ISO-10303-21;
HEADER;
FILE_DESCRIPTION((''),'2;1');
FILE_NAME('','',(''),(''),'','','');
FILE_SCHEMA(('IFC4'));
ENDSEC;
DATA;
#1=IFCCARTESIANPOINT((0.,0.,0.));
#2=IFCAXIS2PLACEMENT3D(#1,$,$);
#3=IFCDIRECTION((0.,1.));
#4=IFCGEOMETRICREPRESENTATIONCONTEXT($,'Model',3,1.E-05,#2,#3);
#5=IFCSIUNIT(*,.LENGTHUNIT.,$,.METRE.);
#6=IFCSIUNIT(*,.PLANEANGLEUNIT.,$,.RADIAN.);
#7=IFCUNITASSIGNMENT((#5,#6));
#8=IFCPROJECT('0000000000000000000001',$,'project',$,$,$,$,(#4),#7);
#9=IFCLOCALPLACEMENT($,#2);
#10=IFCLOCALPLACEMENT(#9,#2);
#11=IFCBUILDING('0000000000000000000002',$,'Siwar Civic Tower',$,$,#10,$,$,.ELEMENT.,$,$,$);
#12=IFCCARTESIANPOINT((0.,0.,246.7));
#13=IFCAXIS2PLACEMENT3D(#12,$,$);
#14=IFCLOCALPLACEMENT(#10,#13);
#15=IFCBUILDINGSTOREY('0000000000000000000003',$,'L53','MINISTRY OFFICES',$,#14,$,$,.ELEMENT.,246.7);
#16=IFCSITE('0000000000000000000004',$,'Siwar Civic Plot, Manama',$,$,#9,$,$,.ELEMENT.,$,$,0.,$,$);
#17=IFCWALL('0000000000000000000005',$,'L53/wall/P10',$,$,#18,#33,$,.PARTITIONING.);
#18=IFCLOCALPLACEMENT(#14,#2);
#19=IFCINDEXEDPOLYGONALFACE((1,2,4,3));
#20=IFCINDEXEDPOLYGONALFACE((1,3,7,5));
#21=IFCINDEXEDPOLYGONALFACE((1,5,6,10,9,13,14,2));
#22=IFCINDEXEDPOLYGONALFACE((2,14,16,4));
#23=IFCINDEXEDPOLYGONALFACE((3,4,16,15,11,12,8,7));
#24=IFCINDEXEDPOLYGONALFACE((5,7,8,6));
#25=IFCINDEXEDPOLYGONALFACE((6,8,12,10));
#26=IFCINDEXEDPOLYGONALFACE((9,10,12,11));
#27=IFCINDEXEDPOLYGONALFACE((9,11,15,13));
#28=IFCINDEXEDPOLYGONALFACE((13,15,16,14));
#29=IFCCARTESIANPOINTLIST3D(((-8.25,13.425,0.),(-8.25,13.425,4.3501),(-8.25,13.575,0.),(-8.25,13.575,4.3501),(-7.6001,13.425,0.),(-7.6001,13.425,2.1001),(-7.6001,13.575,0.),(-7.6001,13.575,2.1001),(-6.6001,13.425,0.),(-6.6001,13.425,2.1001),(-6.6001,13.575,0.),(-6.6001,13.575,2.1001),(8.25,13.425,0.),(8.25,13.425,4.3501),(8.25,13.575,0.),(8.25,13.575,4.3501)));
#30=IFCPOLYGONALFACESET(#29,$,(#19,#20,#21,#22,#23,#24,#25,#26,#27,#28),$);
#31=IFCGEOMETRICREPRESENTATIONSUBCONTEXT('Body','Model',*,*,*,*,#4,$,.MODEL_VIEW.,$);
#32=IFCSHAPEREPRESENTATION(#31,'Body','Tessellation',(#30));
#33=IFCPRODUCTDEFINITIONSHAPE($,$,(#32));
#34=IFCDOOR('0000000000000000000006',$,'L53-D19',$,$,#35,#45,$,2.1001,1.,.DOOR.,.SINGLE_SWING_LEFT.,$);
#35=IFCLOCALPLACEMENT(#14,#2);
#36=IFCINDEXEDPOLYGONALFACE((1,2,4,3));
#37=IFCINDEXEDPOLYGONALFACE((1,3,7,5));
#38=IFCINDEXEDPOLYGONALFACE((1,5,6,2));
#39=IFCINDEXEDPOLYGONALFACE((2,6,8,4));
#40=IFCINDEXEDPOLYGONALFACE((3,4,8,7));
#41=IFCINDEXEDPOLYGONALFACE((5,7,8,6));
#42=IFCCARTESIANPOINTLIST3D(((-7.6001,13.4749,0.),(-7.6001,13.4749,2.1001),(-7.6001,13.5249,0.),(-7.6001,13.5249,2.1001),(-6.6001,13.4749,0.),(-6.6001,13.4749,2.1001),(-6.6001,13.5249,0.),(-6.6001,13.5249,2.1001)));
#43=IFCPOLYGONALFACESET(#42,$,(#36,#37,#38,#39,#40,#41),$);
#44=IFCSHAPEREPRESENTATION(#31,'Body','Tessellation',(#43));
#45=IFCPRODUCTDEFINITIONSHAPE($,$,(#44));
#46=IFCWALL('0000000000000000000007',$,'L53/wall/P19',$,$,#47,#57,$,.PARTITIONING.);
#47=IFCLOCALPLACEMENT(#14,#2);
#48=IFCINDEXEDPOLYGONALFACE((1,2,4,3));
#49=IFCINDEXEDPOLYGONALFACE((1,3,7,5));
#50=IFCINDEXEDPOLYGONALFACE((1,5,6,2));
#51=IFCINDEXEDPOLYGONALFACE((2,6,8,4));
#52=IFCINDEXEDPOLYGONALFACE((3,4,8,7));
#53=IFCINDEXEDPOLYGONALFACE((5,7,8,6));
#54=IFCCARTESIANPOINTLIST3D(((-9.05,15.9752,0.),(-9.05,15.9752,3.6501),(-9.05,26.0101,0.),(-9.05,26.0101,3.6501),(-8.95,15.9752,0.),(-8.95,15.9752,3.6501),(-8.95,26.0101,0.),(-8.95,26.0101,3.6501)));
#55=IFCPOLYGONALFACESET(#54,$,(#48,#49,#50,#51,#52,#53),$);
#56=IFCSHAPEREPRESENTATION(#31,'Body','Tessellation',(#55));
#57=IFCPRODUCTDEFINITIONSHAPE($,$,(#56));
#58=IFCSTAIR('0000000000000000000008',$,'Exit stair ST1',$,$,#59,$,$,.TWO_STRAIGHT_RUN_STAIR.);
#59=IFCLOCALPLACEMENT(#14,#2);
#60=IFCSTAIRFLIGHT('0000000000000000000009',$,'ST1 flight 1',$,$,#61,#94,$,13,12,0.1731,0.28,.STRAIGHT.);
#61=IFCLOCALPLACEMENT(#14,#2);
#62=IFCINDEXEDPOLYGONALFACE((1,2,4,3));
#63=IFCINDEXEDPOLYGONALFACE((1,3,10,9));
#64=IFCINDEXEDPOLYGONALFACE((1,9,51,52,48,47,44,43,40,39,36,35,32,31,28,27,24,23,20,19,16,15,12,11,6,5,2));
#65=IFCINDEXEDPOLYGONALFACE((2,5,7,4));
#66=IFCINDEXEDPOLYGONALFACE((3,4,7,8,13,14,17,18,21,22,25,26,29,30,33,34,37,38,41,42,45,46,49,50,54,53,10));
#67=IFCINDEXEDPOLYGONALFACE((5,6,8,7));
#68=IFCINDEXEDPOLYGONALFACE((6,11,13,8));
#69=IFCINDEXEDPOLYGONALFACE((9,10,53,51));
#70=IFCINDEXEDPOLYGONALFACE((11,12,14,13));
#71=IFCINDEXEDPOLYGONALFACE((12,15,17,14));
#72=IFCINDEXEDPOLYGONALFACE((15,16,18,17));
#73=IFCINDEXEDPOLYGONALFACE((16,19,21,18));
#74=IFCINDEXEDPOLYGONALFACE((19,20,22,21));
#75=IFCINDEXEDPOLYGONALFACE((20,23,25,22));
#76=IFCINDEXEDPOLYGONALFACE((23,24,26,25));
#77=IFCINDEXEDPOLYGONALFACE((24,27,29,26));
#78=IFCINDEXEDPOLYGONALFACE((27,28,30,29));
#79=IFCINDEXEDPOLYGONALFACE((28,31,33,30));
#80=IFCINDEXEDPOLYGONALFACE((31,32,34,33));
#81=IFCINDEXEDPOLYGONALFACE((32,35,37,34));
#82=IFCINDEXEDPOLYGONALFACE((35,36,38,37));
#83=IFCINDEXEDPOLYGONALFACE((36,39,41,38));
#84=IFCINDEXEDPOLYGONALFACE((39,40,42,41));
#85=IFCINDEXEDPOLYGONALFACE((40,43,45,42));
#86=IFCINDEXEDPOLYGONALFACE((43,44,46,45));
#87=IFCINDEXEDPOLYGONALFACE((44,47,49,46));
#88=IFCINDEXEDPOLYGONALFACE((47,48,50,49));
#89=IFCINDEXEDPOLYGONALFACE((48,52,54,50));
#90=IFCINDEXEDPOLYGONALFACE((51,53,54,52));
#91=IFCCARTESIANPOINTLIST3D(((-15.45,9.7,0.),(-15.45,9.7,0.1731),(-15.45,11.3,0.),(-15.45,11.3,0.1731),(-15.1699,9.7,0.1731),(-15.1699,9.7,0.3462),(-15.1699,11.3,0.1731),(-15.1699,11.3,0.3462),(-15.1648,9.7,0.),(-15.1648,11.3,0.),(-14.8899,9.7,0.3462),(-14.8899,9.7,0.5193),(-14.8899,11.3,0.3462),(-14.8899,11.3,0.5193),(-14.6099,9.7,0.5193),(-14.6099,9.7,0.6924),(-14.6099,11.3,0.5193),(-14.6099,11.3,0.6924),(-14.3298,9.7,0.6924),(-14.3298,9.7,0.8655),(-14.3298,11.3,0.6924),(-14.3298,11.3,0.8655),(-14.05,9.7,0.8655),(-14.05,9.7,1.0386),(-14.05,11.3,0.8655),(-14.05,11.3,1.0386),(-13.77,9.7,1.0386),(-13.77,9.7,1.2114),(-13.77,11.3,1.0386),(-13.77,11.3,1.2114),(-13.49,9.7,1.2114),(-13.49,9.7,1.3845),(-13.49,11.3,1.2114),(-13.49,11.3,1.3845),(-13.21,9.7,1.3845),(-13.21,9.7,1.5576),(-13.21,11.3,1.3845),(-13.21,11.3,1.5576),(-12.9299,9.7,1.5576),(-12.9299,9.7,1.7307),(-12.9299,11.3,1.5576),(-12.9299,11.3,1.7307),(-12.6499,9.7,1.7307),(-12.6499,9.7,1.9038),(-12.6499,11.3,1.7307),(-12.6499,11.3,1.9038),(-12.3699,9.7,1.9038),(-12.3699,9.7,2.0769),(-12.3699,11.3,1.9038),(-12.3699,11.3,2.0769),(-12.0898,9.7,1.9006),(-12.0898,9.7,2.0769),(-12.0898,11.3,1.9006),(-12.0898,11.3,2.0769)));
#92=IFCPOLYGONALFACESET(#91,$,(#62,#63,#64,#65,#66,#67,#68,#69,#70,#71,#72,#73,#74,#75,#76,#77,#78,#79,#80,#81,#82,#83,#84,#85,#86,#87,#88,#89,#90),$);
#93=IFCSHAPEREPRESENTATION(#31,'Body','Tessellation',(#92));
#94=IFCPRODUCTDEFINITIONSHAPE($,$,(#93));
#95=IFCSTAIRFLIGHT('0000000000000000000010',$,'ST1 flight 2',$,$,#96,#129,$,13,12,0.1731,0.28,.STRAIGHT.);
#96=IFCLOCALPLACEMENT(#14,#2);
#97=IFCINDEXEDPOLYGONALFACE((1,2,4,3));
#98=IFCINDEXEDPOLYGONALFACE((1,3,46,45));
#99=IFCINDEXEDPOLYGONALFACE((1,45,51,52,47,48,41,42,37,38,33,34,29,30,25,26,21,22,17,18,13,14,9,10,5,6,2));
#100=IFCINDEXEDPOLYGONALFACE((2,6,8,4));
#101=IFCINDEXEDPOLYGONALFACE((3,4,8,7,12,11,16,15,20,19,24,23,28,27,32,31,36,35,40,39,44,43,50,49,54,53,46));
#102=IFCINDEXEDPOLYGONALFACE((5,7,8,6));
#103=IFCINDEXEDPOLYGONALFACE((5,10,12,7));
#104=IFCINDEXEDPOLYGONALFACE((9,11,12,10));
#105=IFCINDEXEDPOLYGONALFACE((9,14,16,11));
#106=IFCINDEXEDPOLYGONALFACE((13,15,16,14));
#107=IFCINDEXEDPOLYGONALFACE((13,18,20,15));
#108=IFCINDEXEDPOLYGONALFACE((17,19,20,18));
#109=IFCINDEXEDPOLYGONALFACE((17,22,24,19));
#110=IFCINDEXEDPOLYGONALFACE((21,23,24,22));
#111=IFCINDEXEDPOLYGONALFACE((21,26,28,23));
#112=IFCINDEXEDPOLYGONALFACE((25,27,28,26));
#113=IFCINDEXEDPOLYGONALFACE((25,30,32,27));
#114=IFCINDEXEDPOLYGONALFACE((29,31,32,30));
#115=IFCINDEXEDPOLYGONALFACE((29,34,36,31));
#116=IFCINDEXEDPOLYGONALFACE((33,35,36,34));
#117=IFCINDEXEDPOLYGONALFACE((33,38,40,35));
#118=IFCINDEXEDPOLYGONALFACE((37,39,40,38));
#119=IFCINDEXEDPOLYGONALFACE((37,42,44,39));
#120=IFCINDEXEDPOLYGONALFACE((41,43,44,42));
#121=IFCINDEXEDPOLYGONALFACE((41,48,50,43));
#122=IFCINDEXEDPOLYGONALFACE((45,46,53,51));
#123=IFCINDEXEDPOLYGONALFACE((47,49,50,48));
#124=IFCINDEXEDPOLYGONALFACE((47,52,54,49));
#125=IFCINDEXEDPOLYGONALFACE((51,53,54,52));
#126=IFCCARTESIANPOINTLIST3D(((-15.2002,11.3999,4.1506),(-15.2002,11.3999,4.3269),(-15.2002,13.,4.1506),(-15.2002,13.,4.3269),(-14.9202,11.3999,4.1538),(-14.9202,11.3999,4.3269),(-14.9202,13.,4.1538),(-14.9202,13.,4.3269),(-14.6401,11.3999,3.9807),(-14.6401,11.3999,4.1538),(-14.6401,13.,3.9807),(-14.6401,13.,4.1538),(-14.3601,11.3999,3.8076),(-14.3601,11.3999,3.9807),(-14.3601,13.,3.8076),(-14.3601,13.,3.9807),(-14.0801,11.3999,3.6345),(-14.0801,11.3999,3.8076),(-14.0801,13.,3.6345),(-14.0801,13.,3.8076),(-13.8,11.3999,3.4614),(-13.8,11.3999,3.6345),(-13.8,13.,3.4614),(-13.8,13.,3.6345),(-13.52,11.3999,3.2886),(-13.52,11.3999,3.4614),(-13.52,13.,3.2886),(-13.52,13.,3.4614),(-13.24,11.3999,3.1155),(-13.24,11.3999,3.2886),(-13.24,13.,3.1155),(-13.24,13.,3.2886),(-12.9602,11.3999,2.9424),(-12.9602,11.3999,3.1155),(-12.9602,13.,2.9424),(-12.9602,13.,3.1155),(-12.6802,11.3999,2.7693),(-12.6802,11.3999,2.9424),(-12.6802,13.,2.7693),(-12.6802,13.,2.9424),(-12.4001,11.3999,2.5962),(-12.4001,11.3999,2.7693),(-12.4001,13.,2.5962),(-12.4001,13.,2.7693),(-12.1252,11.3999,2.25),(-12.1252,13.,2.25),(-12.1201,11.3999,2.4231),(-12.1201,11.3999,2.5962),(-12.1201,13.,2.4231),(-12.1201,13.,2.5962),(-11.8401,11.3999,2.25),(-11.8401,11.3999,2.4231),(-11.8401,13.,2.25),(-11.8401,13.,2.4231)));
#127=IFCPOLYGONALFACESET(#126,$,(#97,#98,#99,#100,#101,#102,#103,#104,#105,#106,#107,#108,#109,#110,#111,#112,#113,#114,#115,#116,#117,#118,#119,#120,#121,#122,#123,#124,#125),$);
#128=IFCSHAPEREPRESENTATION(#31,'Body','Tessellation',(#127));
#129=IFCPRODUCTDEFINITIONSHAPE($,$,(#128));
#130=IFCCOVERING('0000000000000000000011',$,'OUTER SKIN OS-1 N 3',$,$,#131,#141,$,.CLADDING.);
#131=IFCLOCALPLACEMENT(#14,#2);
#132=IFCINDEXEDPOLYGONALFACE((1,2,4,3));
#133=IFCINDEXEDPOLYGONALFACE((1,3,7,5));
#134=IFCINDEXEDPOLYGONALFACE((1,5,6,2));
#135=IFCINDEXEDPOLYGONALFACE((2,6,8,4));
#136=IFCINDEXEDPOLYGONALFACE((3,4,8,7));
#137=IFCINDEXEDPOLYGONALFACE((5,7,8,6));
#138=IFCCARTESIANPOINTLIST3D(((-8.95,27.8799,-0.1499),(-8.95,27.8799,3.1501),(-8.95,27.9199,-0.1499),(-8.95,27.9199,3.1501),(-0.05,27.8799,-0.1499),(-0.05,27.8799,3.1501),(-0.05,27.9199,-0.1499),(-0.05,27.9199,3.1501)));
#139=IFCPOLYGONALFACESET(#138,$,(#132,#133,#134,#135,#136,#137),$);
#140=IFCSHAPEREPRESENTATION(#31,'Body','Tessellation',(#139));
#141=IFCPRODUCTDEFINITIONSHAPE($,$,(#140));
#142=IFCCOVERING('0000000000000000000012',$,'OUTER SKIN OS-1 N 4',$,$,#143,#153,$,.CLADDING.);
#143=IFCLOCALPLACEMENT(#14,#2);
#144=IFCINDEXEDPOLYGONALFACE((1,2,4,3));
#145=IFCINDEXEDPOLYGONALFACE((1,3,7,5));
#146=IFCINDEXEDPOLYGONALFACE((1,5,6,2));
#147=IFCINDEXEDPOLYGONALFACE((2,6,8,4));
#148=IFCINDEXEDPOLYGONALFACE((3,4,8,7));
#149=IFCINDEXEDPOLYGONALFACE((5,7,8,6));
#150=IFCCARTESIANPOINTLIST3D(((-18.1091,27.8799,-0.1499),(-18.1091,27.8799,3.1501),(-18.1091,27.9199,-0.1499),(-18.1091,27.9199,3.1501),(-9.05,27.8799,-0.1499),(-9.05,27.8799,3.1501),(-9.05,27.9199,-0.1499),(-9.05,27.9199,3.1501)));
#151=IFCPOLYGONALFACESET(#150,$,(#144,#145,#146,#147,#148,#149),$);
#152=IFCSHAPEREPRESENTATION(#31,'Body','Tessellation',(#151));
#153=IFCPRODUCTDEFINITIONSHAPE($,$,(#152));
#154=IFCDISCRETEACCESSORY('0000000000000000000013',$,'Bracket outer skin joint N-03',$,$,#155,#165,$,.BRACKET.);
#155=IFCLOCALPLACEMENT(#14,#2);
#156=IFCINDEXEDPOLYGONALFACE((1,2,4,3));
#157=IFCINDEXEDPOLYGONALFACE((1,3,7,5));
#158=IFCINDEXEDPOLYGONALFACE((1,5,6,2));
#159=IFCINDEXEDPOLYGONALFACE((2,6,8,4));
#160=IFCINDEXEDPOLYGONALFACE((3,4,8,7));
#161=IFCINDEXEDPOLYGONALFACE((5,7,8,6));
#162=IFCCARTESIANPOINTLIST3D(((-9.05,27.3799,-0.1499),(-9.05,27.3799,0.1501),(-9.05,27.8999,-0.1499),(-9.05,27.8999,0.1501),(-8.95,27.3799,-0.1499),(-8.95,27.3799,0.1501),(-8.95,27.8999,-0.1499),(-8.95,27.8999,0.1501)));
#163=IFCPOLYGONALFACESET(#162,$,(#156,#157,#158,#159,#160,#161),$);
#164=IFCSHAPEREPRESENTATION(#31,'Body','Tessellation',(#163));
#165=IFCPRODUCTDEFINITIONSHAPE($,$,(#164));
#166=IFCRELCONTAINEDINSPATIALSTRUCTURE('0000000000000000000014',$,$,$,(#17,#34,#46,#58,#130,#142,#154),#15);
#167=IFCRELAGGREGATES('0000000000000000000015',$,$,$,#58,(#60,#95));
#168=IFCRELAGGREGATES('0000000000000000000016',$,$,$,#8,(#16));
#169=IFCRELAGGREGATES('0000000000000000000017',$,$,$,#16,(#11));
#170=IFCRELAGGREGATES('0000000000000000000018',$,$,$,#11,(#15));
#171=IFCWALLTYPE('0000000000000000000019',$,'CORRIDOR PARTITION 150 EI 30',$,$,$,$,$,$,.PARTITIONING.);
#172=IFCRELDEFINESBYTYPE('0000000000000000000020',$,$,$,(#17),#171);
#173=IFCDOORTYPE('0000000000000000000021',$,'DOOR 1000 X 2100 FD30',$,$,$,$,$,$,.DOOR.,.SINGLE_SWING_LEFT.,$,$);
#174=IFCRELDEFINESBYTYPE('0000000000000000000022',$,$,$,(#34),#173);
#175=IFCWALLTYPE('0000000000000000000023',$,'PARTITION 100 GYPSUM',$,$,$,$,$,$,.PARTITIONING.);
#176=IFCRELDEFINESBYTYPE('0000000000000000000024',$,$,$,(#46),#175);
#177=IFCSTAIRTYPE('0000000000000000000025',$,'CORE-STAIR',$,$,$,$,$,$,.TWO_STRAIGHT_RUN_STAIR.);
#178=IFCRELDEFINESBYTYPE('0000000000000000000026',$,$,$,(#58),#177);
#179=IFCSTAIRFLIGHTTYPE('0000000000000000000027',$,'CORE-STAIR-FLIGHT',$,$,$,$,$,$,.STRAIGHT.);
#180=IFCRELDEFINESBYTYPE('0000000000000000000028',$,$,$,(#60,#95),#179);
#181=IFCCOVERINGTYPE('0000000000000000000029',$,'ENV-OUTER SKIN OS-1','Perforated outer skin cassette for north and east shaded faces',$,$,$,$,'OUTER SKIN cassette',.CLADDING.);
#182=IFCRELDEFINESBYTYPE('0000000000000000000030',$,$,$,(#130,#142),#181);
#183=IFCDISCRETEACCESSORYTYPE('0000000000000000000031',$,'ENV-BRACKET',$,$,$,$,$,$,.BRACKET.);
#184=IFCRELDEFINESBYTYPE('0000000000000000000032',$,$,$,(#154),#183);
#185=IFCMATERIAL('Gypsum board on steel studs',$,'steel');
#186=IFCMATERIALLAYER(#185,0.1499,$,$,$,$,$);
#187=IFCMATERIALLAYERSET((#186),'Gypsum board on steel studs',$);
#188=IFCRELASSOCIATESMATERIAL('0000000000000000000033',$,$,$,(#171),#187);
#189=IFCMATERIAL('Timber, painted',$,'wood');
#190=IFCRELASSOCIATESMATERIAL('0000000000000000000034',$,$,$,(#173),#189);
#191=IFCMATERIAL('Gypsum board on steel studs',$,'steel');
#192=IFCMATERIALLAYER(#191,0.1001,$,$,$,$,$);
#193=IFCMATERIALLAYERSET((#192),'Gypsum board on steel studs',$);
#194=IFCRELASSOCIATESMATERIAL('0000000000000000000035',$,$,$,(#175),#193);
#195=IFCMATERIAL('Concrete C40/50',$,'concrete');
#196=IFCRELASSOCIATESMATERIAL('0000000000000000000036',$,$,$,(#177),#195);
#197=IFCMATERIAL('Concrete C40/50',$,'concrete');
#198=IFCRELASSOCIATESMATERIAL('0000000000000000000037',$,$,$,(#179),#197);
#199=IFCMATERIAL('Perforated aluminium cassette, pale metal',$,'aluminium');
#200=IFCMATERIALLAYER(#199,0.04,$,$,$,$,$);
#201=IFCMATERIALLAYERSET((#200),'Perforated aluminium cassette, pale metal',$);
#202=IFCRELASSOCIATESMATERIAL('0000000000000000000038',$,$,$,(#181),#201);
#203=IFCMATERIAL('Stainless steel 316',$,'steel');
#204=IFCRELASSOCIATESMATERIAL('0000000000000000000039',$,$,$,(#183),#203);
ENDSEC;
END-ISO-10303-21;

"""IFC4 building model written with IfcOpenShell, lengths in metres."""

from ifc_helpers import new_model, si_unit, direction, frame, frame_2d, origin, origin_2d, place, context, subcontext, project, spatial, polyline, rectangle, outline, extrude, material, layer, layer_set, type_object, element, fill, aggregate, save


model = new_model("IFC4")

# Units and contexts
model_context = context("Model", 3, precision=1e-05, world=origin(), true_north=direction((0.0, 1.0)))
body_context = subcontext(model_context, "Body", "Model", "MODEL_VIEW")
ifc_project = project(units=[si_unit("LENGTHUNIT", "METRE"), si_unit("PLANEANGLEUNIT", "RADIAN")], contexts=[model_context])

# Site, building, storey
site_placement = place(None, origin())
site = spatial("IfcSite", under=ifc_project, at=site_placement, Name="Siwar Civic Plot, Manama", CompositionType="ELEMENT", RefElevation=0.0)
building_placement = place(site_placement, origin())
building = spatial("IfcBuilding", under=site, at=building_placement, Name="Siwar Civic Tower", CompositionType="ELEMENT")
storey_placement = place(building_placement, frame((0.0, 0.0, 246.7)))
storey = spatial("IfcBuildingStorey", under=building, at=storey_placement, Name="L53", Description="MINISTRY OFFICES", CompositionType="ELEMENT", Elevation=246.7)

# Shared definitions
ifc_material_1 = material(Name="Gypsum board on steel studs", Category="steel")
ifc_layer_1 = layer(ifc_material_1, 0.1499)
ifc_layer_set_1 = layer_set([ifc_layer_1], Name="Gypsum board on steel studs")
wall_type_1 = type_object("IfcWallType", Name="CORRIDOR PARTITION 150 EI 30", PredefinedType="PARTITIONING", material=ifc_layer_set_1)

# Wall, opening, door
wall_1_placement = place(storey_placement, frame((-8.25, 13.5, 0.0), z_axis=(0.0, 0.0, 1.0), x_axis=(1.0, 0.0, 0.0)))
wall_1 = element("IfcWall", 1, at=wall_1_placement, inside=storey, type_object=wall_type_1, Name="L53/wall/P10", PredefinedType="PARTITIONING", context=body_context, shape_type="SweptSolid", body=[
    extrude(rectangle(XDim=16.5, YDim=0.1499, at=frame_2d((8.25, 0.0))), origin(), (0.0, 0.0, 1.0), 4.3501),
])
opening_1_placement = place(wall_1_placement, frame((0.6499, 0.0, 0.0)))
opening_1 = element("IfcOpeningElement", 2, at=opening_1_placement, cuts=wall_1, PredefinedType="OPENING", context=body_context, shape_type="SweptSolid", body=[
    extrude(rectangle(XDim=1.0, YDim=2.1001, at=frame_2d((0.5, 1.05))), frame((0.0, 0.085, 0.0), z_axis=(0.0, -1.0, 0.0), x_axis=(1.0, 0.0, 0.0)), (0.0, 0.0, 1.0), 0.1699),
])
ifc_material_2 = material(Name="Timber, painted", Category="wood")
door_type_1 = type_object("IfcDoorType", Name="DOOR 1000 X 2100 FD30", OperationType="SINGLE_SWING_LEFT", PredefinedType="DOOR", material=ifc_material_2)
door_1_placement = place(opening_1_placement, origin())
door_1 = element("IfcDoor", 3, at=door_1_placement, inside=storey, type_object=door_type_1, Name="L53-D19", OperationType="SINGLE_SWING_LEFT", OverallHeight=2.1001, OverallWidth=1.0, PredefinedType="DOOR", context=body_context, shape_type="SweptSolid", body=[
    extrude(rectangle(XDim=1.0, YDim=2.1001, at=frame_2d((0.5, 1.05))), frame((0.0, 0.0249, 0.0), z_axis=(0.0, -1.0, 0.0), x_axis=(1.0, 0.0, 0.0)), (0.0, 0.0, 1.0), 0.05),
])
fill(opening_1, door_1)

# Wall
ifc_material_3 = material(Name="Gypsum board on steel studs", Category="steel")
ifc_layer_2 = layer(ifc_material_3, 0.1001)
ifc_layer_set_2 = layer_set([ifc_layer_2], Name="Gypsum board on steel studs")
wall_type_2 = type_object("IfcWallType", Name="PARTITION 100 GYPSUM", PredefinedType="PARTITIONING", material=ifc_layer_set_2)
wall_2_placement = place(storey_placement, frame((-9.0, 15.9751, 0.0), z_axis=(0.0, 0.0, 1.0), x_axis=(0.0, 1.0, 0.0)))
element("IfcWall", 4, at=wall_2_placement, inside=storey, type_object=wall_type_2, Name="L53/wall/P19", PredefinedType="PARTITIONING", context=body_context, shape_type="SweptSolid", body=[
    extrude(rectangle(XDim=10.0349, YDim=0.1001, at=frame_2d((5.0176, 0.0))), origin(), (0.0, 0.0, 1.0), 3.6501),
])

# Stair, stair flights
ifc_material_4 = material(Name="Concrete C40/50", Category="concrete")
stair_type = type_object("IfcStairType", Name="CORE-STAIR", PredefinedType="TWO_STRAIGHT_RUN_STAIR", material=ifc_material_4)
stair_placement = place(storey_placement, origin())
stair = element("IfcStair", 5, at=stair_placement, inside=storey, type_object=stair_type, Name="Exit stair ST1", PredefinedType="TWO_STRAIGHT_RUN_STAIR")
ifc_material_5 = material(Name="Concrete C40/50", Category="concrete")
stair_flight_type = type_object("IfcStairFlightType", Name="CORE-STAIR-FLIGHT", PredefinedType="STRAIGHT", material=ifc_material_5)
stair_flight_1_placement = place(storey_placement, frame((-15.45, 10.5, 0.0), z_axis=(0.0, 0.0, 1.0), x_axis=(1.0, 0.0, 0.0)))
stair_flight_1 = element("IfcStairFlight", 6, at=stair_flight_1_placement, type_object=stair_flight_type, Name="ST1 flight 1", NumberOfRisers=13, NumberOfTreads=12, PredefinedType="STRAIGHT", RiserHeight=0.1731, TreadLength=0.28, context=body_context, shape_type="SweptSolid", body=[
    extrude(outline(polyline([(0.0, 0.0), (0.0, 0.1731), (0.28, 0.1731), (0.28, 0.3462), (0.5601, 0.3462), (0.5601, 0.5193), (0.8401, 0.5193), (0.8401, 0.6924), (1.1201, 0.6924), (1.1201, 0.8655), (1.3999, 0.8655), (1.3999, 1.0386), (1.6799, 1.0386), (1.6799, 1.2114), (1.96, 1.2114), (1.96, 1.3845), (2.24, 1.3845), (2.24, 1.5576), (2.52, 1.5576), (2.52, 1.7307), (2.8, 1.7307), (2.8, 1.9038), (3.0801, 1.9038), (3.0801, 2.0769), (3.3601, 2.0769), (3.3601, 2.25), (3.3601, 1.9006), (0.2852, 0.0), (0.0, 0.0)])), frame((0.0, 0.8, 0.0), z_axis=(0.0, -1.0, 0.0), x_axis=(1.0, 0.0, 0.0)), (0.0, 0.0, 1.0), 1.6001),
])
stair_flight_2_placement = place(storey_placement, frame((-11.8401, 12.2, 2.25), z_axis=(0.0, 0.0, 1.0), x_axis=(-1.0, 0.0, 0.0)))
stair_flight_2 = element("IfcStairFlight", 7, at=stair_flight_2_placement, type_object=stair_flight_type, Name="ST1 flight 2", NumberOfRisers=13, NumberOfTreads=12, PredefinedType="STRAIGHT", RiserHeight=0.1731, TreadLength=0.28, context=body_context, shape_type="SweptSolid", body=[
    extrude(outline(polyline([(0.0, 0.0), (0.0, 0.1731), (0.28, 0.1731), (0.28, 0.3462), (0.5601, 0.3462), (0.5601, 0.5193), (0.8401, 0.5193), (0.8401, 0.6924), (1.1201, 0.6924), (1.1201, 0.8655), (1.3999, 0.8655), (1.3999, 1.0386), (1.6799, 1.0386), (1.6799, 1.2114), (1.96, 1.2114), (1.96, 1.3845), (2.24, 1.3845), (2.24, 1.5576), (2.52, 1.5576), (2.52, 1.7307), (2.8, 1.7307), (2.8, 1.9038), (3.0801, 1.9038), (3.0801, 2.0769), (3.3601, 2.0769), (3.3601, 2.25), (3.3601, 1.9006), (0.2852, 0.0), (0.0, 0.0)])), frame((0.0, 0.8, 0.0), z_axis=(0.0, -1.0, 0.0), x_axis=(1.0, 0.0, 0.0)), (0.0, 0.0, 1.0), 1.6001),
])
aggregate(stair, [stair_flight_1, stair_flight_2])

# Coverings
ifc_material_6 = material(Name="Perforated aluminium cassette, pale metal", Category="aluminium")
ifc_layer_3 = layer(ifc_material_6, 0.04)
ifc_layer_set_3 = layer_set([ifc_layer_3], Name="Perforated aluminium cassette, pale metal")
covering_type = type_object("IfcCoveringType", Name="ENV-OUTER SKIN OS-1", Description="Perforated outer skin cassette for north and east shaded faces", ElementType="OUTER SKIN cassette", PredefinedType="CLADDING", material=ifc_layer_set_3)
covering_1_placement = place(storey_placement, frame((-4.5, 27.8999, -0.1499), z_axis=(0.0, 0.0, 1.0), x_axis=(-1.0, 0.0, 0.0)))
element("IfcCovering", 8, at=covering_1_placement, inside=storey, type_object=covering_type, Name="OUTER SKIN OS-1 N 3", PredefinedType="CLADDING", context=body_context, shape_type="SweptSolid", body=[
    extrude(rectangle(XDim=8.8999, YDim=0.04, at=origin_2d()), origin(), (0.0, 0.0, 1.0), 3.3),
])
covering_2_placement = place(storey_placement, frame((-13.5796, 27.8999, -0.1499), z_axis=(0.0, 0.0, 1.0), x_axis=(-1.0, 0.0, 0.0)))
element("IfcCovering", 9, at=covering_2_placement, inside=storey, type_object=covering_type, Name="OUTER SKIN OS-1 N 4", PredefinedType="CLADDING", context=body_context, shape_type="SweptSolid", body=[
    extrude(rectangle(XDim=9.0591, YDim=0.04, at=origin_2d()), origin(), (0.0, 0.0, 1.0), 3.3),
])

# Discrete accessory
ifc_material_7 = material(Name="Stainless steel 316", Category="steel")
discrete_accessory_type = type_object("IfcDiscreteAccessoryType", Name="ENV-BRACKET", PredefinedType="BRACKET", material=ifc_material_7)
discrete_accessory_placement = place(storey_placement, frame((-9.0, 27.6399, -0.1499), z_axis=(0.0, 0.0, 1.0), x_axis=(0.0, 1.0, 0.0)))
element("IfcDiscreteAccessory", 10, at=discrete_accessory_placement, inside=storey, type_object=discrete_accessory_type, Name="Bracket outer skin joint N-03", PredefinedType="BRACKET", context=body_context, shape_type="SweptSolid", body=[
    extrude(rectangle(XDim=0.52, YDim=0.1001, at=origin_2d()), origin(), (0.0, 0.0, 1.0), 0.3),
])

save(model, "model.ifc")
